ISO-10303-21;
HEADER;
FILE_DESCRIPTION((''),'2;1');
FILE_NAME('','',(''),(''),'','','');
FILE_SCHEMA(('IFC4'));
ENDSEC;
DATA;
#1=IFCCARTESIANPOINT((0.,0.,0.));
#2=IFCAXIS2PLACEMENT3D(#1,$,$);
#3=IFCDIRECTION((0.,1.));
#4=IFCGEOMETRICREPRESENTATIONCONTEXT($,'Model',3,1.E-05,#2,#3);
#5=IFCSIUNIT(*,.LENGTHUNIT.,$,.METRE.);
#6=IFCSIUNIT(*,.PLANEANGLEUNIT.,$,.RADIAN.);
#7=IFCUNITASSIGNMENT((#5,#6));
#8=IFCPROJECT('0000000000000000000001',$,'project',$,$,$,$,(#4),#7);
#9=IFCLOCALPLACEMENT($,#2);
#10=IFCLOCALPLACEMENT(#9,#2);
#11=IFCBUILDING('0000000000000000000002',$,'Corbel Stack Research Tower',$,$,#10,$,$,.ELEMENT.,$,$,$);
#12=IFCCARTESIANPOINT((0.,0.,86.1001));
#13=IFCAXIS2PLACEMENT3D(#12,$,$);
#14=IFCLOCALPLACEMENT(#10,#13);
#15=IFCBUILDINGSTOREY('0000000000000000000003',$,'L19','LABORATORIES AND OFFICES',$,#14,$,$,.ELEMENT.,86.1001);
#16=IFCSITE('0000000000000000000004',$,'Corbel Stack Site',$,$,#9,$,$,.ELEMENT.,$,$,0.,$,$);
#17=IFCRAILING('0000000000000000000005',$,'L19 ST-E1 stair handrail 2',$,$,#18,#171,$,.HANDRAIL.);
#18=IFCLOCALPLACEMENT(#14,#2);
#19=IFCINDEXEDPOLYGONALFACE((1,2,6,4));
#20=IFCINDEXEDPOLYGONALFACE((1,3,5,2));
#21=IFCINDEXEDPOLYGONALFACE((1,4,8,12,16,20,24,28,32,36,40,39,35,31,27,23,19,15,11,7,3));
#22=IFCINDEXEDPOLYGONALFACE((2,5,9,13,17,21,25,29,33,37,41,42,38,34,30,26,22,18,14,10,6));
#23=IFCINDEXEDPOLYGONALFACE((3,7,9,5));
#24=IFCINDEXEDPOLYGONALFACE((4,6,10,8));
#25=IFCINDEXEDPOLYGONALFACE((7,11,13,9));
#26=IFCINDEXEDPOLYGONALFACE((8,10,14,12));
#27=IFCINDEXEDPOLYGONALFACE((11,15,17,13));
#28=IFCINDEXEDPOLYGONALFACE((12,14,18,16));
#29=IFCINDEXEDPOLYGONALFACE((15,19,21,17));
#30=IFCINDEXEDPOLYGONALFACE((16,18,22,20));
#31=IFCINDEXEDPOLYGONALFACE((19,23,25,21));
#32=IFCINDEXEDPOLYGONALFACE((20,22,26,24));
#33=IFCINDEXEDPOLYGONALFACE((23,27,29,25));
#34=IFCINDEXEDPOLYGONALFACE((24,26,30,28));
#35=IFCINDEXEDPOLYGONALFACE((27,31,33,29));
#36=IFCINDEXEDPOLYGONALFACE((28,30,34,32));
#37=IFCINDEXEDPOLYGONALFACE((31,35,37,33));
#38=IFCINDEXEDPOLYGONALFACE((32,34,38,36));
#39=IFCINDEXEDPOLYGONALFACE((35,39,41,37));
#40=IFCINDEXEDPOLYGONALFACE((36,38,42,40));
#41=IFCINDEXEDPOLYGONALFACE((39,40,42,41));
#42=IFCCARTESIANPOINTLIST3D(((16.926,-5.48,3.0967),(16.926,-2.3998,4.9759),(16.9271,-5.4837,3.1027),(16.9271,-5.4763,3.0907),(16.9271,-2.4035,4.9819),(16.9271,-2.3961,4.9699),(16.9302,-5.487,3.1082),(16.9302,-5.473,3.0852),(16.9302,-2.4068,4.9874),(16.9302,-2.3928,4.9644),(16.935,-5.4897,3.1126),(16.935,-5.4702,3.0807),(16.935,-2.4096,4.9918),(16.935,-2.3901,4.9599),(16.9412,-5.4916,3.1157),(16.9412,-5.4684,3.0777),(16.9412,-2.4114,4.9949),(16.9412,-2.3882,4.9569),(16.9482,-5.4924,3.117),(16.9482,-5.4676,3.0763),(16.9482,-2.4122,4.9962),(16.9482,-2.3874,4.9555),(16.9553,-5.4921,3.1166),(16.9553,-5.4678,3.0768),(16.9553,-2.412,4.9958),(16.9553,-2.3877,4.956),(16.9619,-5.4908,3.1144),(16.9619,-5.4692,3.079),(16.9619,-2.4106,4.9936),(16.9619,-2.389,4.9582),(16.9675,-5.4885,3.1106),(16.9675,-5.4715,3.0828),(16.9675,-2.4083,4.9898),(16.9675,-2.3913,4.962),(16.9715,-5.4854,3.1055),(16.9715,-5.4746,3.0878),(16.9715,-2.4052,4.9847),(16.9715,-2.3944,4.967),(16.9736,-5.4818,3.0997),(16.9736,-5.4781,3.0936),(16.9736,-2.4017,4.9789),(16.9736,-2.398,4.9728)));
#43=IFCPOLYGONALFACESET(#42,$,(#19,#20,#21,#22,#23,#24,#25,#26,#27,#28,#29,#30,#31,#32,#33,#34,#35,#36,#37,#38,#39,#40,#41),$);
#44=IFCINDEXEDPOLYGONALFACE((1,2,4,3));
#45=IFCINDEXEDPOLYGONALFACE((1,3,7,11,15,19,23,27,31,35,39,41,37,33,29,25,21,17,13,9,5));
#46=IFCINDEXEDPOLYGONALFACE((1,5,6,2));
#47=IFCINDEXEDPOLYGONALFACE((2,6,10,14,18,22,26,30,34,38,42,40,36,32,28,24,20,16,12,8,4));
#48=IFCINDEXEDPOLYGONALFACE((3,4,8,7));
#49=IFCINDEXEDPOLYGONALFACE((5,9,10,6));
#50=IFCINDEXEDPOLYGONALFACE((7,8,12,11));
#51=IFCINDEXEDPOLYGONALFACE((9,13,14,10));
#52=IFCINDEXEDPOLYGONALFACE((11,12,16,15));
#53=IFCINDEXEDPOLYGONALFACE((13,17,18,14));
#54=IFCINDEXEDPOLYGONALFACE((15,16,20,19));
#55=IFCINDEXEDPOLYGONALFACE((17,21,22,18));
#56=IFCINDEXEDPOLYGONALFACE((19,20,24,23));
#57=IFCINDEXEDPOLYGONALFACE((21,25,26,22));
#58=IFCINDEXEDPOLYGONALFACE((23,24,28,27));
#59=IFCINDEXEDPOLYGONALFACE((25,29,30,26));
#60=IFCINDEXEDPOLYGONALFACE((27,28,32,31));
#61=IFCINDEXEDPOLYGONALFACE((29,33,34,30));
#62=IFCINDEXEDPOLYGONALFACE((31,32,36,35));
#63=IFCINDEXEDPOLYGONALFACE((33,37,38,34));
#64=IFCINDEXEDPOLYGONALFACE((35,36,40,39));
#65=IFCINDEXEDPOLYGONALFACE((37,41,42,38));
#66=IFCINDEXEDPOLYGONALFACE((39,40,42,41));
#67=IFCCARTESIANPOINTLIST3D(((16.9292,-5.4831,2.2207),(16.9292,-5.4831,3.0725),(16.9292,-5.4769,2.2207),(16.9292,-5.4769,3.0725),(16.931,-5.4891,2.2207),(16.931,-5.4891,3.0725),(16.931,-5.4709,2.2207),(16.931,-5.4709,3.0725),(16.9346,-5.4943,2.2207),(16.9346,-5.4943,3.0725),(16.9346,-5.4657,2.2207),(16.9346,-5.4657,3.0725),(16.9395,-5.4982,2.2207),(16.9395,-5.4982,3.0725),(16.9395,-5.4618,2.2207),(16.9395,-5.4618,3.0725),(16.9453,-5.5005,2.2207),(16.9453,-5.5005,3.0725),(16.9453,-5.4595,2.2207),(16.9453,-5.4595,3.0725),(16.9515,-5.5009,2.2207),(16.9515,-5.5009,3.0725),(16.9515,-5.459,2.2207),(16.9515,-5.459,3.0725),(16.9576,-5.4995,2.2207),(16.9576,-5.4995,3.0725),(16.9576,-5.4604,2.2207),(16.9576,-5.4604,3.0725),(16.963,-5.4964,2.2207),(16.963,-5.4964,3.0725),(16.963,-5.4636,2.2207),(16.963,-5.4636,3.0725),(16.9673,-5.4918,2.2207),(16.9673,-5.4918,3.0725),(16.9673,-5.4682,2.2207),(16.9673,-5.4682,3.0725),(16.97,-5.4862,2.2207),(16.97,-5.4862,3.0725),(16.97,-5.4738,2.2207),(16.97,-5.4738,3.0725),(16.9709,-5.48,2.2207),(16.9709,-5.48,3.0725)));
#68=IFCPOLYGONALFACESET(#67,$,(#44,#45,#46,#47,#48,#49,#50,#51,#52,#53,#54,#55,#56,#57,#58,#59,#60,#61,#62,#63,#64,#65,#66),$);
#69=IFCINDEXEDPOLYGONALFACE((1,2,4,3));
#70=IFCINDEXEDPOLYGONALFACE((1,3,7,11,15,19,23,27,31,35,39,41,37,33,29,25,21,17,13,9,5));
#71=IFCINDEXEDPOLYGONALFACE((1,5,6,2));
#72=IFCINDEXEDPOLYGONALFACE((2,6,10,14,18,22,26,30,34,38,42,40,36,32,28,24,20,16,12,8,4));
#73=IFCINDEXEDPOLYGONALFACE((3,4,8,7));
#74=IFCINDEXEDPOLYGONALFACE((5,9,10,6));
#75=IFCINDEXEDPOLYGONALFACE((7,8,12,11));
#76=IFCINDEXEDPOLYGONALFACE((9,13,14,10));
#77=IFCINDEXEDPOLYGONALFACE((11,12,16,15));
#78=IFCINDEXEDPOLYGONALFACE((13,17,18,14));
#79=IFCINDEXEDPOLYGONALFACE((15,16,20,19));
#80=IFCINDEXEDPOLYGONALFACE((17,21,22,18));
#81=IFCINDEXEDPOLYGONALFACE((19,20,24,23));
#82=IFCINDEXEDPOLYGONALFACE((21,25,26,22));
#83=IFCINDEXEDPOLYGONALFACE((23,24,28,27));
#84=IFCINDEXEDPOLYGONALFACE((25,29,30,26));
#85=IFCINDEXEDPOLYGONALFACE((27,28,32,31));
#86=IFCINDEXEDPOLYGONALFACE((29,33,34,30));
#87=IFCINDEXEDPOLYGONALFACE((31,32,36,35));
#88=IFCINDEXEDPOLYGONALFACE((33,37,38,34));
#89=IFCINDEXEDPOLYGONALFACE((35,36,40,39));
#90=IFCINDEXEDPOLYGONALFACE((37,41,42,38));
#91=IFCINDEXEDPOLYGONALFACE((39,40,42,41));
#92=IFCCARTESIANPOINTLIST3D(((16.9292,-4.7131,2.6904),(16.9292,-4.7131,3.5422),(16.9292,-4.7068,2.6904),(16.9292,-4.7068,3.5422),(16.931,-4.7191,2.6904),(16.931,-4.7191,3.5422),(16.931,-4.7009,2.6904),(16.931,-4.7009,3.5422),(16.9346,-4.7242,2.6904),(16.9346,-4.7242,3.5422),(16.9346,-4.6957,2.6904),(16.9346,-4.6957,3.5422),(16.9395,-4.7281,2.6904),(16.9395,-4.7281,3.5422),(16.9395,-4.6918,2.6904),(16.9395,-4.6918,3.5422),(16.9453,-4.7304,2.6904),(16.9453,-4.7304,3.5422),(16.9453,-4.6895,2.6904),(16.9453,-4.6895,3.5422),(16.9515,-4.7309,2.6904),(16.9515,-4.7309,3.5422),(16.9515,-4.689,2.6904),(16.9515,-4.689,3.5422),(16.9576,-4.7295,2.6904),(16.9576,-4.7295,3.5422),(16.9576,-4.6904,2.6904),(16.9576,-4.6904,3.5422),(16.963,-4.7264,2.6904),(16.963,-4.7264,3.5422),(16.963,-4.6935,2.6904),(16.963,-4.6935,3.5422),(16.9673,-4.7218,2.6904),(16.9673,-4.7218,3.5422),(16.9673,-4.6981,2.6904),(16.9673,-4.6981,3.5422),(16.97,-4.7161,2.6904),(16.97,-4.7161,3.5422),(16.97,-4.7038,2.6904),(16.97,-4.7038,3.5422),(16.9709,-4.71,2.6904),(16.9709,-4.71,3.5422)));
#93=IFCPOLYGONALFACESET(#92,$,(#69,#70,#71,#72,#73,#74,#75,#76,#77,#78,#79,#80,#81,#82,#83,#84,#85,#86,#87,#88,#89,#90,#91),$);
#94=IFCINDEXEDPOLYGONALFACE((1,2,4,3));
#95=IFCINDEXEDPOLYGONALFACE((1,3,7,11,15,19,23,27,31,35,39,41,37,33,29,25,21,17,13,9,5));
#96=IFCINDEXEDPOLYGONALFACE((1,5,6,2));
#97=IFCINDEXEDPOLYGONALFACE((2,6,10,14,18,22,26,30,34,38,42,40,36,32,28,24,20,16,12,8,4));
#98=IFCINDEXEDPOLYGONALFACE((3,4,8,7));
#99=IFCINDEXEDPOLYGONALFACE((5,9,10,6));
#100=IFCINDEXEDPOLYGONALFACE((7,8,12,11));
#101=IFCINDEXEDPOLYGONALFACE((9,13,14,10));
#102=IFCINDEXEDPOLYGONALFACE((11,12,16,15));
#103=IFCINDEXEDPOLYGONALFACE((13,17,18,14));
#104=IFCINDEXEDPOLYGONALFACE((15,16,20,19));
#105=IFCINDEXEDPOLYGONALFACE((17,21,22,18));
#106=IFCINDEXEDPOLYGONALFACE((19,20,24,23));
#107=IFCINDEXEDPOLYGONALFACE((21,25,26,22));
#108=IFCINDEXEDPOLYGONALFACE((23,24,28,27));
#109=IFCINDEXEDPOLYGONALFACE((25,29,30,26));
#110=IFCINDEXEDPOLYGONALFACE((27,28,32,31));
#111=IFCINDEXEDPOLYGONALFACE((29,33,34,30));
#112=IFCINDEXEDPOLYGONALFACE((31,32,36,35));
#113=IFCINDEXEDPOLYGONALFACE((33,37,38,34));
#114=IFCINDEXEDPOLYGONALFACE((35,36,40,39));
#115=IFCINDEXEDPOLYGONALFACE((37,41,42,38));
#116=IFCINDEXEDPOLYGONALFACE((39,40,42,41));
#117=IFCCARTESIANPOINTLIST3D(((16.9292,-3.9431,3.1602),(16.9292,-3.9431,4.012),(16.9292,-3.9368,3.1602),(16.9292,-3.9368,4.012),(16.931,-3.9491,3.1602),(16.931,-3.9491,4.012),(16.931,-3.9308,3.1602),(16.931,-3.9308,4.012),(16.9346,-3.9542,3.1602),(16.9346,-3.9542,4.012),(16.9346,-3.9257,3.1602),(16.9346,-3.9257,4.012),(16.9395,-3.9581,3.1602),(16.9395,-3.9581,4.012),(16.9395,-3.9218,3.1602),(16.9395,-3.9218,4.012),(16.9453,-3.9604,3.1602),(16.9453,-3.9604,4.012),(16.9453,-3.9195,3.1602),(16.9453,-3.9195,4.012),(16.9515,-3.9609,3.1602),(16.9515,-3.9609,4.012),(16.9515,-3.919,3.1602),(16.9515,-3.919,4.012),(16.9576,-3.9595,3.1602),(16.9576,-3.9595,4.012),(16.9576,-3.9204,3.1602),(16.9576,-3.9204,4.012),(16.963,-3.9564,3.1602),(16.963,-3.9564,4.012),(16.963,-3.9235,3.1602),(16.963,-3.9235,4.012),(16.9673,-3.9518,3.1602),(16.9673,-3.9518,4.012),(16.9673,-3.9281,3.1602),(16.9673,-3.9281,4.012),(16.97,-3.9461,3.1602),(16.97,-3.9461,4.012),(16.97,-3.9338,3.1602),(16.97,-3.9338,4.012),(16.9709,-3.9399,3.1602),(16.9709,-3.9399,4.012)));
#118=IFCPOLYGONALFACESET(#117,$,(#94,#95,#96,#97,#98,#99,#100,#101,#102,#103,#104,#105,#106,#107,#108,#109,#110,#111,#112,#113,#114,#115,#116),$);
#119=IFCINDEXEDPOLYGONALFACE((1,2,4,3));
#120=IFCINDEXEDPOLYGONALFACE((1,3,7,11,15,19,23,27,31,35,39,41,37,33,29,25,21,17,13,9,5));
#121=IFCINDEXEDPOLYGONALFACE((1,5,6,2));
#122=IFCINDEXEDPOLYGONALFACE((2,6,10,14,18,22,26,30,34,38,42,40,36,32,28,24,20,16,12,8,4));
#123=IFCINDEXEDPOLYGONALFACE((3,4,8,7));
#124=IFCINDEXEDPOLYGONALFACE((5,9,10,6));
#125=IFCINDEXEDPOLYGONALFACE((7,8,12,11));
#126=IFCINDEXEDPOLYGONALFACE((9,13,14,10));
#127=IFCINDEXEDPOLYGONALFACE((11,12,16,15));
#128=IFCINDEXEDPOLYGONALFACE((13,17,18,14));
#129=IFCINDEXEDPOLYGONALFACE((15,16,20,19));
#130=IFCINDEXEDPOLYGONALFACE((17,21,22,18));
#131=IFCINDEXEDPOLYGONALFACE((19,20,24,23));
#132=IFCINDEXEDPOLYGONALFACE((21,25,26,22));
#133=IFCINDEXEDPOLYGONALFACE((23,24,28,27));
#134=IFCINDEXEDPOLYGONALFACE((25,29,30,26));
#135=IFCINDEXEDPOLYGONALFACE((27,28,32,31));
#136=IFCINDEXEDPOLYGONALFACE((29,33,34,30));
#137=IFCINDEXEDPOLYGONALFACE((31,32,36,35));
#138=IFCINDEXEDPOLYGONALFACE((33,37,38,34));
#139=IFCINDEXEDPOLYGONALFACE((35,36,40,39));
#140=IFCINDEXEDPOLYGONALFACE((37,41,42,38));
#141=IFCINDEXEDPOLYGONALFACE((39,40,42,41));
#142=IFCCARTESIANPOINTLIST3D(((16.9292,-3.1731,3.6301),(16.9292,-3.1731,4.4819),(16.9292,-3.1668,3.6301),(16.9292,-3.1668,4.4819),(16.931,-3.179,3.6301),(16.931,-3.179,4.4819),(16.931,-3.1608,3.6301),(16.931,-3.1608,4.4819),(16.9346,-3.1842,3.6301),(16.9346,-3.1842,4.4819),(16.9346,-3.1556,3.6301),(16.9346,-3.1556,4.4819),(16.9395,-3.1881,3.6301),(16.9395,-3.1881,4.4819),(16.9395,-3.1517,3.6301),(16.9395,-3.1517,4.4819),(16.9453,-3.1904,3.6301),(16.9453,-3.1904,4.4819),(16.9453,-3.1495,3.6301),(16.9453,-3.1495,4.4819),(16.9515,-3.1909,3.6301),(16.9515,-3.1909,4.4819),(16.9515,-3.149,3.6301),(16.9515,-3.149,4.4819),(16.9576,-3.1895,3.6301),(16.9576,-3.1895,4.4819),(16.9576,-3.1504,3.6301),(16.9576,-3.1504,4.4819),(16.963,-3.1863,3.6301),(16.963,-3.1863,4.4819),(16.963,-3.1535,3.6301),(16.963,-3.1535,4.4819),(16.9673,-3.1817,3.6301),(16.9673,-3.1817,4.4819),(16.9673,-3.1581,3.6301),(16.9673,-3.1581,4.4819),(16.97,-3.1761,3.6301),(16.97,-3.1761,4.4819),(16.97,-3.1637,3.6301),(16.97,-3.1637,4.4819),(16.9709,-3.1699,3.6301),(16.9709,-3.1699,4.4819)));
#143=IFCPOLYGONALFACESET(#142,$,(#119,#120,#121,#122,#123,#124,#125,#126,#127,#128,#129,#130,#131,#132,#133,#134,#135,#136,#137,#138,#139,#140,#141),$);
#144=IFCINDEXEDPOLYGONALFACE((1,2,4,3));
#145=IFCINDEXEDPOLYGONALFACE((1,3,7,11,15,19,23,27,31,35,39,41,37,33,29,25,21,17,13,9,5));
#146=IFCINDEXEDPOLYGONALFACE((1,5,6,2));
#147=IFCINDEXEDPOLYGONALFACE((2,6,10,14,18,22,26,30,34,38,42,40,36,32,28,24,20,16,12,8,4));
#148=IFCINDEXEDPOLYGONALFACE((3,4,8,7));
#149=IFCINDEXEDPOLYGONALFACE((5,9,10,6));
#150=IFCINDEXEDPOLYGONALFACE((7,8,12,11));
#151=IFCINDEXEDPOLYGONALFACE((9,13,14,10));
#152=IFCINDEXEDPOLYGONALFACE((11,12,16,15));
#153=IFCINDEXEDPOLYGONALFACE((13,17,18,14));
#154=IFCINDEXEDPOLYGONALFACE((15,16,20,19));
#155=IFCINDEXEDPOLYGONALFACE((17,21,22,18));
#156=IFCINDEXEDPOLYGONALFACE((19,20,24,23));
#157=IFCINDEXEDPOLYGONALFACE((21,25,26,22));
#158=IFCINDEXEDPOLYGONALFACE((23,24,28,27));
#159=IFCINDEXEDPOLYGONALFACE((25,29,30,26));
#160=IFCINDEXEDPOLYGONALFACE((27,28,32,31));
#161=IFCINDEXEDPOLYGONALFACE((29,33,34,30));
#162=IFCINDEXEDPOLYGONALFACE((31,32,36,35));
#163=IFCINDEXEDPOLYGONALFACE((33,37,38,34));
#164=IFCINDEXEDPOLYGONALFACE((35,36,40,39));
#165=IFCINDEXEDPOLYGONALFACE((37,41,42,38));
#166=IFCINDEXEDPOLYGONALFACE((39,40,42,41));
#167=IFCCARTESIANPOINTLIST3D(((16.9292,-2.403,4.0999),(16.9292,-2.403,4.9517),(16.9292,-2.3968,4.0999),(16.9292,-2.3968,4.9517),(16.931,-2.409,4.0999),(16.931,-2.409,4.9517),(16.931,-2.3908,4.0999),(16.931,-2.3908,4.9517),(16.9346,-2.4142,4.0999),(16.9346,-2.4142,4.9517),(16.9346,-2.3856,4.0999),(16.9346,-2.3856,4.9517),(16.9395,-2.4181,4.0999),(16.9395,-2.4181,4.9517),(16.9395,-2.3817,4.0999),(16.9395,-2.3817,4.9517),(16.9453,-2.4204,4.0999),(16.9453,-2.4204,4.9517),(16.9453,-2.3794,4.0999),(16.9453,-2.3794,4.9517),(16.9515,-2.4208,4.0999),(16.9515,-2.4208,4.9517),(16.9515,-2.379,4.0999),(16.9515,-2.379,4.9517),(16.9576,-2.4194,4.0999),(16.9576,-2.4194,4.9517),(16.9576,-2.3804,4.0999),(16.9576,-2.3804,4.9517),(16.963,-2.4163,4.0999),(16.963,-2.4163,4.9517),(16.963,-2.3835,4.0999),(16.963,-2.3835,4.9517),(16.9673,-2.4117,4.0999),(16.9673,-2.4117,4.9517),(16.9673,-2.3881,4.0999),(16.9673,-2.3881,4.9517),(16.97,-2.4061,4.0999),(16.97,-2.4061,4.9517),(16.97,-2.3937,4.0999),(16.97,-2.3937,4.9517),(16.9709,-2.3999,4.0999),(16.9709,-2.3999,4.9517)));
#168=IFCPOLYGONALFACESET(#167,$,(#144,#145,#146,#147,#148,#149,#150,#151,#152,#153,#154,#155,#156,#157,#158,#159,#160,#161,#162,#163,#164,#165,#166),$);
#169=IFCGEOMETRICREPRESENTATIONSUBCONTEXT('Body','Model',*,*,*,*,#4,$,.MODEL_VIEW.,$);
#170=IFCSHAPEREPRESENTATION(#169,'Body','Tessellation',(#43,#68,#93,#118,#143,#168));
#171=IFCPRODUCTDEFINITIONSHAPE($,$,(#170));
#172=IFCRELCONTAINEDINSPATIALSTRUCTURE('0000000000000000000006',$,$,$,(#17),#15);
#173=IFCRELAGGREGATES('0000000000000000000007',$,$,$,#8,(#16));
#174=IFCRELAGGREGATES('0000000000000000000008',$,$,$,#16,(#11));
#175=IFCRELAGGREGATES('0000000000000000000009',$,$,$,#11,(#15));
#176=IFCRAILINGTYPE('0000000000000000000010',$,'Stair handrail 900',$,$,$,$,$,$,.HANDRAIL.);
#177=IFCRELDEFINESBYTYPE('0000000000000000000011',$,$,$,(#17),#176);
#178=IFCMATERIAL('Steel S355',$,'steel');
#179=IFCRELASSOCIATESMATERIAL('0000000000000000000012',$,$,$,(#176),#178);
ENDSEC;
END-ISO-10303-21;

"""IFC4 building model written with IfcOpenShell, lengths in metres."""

from ifc_helpers import new_model, si_unit, direction, frame, origin, origin_2d, place, context, subcontext, project, spatial, circle, extrude, material, type_object, element, save


model = new_model("IFC4")

# Units and contexts
model_context = context("Model", 3, precision=1e-05, world=origin(), true_north=direction((0.0, 1.0)))
body_context = subcontext(model_context, "Body", "Model", "MODEL_VIEW")
ifc_project = project(units=[si_unit("LENGTHUNIT", "METRE"), si_unit("PLANEANGLEUNIT", "RADIAN")], contexts=[model_context])

# Site, building, storey
site_placement = place(None, origin())
site = spatial("IfcSite", under=ifc_project, at=site_placement, Name="Corbel Stack Site", CompositionType="ELEMENT", RefElevation=0.0)
building_placement = place(site_placement, origin())
building = spatial("IfcBuilding", under=site, at=building_placement, Name="Corbel Stack Research Tower", CompositionType="ELEMENT")
storey_placement = place(building_placement, frame((0.0, 0.0, 86.1001)))
storey = spatial("IfcBuildingStorey", under=building, at=storey_placement, Name="L19", Description="LABORATORIES AND OFFICES", CompositionType="ELEMENT", Elevation=86.1001)

# Railing
ifc_material_1 = material(Name="Steel S355", Category="steel")
railing_type_1 = type_object("IfcRailingType", Name="Stair handrail 900", PredefinedType="HANDRAIL", material=ifc_material_1)
railing_1_placement = place(storey_placement, frame((16.95, -5.48, 2.2207)))
element("IfcRailing", 1, at=railing_1_placement, inside=storey, type_object=railing_type_1, Name="L19 ST-E1 stair handrail 2", PredefinedType="HANDRAIL", context=body_context, shape_type="SweptSolid", body=[
    extrude(circle(Radius=0.0239, at=origin_2d()), frame((0.0, 0.0, 0.876), z_axis=(0.0, 0.853666, 0.52082), x_axis=(-1.0, 0.0, 0.0)), (0.0, 0.0, 1.0), 3.6082),
    extrude(circle(Radius=0.021, at=origin_2d()), origin(), (0.0, 0.0, 1.0), 0.8518),
    extrude(circle(Radius=0.021, at=origin_2d()), frame((0.0, 0.77, 0.4697)), (0.0, 0.0, 1.0), 0.8518),
    extrude(circle(Radius=0.021, at=origin_2d()), frame((0.0, 1.54, 0.9395)), (0.0, 0.0, 1.0), 0.8518),
    extrude(circle(Radius=0.021, at=origin_2d()), frame((0.0, 2.3101, 1.4094)), (0.0, 0.0, 1.0), 0.8518),
    extrude(circle(Radius=0.021, at=origin_2d()), frame((0.0, 3.0801, 1.8792)), (0.0, 0.0, 1.0), 0.8518),
])

save(model, "model.ifc")
